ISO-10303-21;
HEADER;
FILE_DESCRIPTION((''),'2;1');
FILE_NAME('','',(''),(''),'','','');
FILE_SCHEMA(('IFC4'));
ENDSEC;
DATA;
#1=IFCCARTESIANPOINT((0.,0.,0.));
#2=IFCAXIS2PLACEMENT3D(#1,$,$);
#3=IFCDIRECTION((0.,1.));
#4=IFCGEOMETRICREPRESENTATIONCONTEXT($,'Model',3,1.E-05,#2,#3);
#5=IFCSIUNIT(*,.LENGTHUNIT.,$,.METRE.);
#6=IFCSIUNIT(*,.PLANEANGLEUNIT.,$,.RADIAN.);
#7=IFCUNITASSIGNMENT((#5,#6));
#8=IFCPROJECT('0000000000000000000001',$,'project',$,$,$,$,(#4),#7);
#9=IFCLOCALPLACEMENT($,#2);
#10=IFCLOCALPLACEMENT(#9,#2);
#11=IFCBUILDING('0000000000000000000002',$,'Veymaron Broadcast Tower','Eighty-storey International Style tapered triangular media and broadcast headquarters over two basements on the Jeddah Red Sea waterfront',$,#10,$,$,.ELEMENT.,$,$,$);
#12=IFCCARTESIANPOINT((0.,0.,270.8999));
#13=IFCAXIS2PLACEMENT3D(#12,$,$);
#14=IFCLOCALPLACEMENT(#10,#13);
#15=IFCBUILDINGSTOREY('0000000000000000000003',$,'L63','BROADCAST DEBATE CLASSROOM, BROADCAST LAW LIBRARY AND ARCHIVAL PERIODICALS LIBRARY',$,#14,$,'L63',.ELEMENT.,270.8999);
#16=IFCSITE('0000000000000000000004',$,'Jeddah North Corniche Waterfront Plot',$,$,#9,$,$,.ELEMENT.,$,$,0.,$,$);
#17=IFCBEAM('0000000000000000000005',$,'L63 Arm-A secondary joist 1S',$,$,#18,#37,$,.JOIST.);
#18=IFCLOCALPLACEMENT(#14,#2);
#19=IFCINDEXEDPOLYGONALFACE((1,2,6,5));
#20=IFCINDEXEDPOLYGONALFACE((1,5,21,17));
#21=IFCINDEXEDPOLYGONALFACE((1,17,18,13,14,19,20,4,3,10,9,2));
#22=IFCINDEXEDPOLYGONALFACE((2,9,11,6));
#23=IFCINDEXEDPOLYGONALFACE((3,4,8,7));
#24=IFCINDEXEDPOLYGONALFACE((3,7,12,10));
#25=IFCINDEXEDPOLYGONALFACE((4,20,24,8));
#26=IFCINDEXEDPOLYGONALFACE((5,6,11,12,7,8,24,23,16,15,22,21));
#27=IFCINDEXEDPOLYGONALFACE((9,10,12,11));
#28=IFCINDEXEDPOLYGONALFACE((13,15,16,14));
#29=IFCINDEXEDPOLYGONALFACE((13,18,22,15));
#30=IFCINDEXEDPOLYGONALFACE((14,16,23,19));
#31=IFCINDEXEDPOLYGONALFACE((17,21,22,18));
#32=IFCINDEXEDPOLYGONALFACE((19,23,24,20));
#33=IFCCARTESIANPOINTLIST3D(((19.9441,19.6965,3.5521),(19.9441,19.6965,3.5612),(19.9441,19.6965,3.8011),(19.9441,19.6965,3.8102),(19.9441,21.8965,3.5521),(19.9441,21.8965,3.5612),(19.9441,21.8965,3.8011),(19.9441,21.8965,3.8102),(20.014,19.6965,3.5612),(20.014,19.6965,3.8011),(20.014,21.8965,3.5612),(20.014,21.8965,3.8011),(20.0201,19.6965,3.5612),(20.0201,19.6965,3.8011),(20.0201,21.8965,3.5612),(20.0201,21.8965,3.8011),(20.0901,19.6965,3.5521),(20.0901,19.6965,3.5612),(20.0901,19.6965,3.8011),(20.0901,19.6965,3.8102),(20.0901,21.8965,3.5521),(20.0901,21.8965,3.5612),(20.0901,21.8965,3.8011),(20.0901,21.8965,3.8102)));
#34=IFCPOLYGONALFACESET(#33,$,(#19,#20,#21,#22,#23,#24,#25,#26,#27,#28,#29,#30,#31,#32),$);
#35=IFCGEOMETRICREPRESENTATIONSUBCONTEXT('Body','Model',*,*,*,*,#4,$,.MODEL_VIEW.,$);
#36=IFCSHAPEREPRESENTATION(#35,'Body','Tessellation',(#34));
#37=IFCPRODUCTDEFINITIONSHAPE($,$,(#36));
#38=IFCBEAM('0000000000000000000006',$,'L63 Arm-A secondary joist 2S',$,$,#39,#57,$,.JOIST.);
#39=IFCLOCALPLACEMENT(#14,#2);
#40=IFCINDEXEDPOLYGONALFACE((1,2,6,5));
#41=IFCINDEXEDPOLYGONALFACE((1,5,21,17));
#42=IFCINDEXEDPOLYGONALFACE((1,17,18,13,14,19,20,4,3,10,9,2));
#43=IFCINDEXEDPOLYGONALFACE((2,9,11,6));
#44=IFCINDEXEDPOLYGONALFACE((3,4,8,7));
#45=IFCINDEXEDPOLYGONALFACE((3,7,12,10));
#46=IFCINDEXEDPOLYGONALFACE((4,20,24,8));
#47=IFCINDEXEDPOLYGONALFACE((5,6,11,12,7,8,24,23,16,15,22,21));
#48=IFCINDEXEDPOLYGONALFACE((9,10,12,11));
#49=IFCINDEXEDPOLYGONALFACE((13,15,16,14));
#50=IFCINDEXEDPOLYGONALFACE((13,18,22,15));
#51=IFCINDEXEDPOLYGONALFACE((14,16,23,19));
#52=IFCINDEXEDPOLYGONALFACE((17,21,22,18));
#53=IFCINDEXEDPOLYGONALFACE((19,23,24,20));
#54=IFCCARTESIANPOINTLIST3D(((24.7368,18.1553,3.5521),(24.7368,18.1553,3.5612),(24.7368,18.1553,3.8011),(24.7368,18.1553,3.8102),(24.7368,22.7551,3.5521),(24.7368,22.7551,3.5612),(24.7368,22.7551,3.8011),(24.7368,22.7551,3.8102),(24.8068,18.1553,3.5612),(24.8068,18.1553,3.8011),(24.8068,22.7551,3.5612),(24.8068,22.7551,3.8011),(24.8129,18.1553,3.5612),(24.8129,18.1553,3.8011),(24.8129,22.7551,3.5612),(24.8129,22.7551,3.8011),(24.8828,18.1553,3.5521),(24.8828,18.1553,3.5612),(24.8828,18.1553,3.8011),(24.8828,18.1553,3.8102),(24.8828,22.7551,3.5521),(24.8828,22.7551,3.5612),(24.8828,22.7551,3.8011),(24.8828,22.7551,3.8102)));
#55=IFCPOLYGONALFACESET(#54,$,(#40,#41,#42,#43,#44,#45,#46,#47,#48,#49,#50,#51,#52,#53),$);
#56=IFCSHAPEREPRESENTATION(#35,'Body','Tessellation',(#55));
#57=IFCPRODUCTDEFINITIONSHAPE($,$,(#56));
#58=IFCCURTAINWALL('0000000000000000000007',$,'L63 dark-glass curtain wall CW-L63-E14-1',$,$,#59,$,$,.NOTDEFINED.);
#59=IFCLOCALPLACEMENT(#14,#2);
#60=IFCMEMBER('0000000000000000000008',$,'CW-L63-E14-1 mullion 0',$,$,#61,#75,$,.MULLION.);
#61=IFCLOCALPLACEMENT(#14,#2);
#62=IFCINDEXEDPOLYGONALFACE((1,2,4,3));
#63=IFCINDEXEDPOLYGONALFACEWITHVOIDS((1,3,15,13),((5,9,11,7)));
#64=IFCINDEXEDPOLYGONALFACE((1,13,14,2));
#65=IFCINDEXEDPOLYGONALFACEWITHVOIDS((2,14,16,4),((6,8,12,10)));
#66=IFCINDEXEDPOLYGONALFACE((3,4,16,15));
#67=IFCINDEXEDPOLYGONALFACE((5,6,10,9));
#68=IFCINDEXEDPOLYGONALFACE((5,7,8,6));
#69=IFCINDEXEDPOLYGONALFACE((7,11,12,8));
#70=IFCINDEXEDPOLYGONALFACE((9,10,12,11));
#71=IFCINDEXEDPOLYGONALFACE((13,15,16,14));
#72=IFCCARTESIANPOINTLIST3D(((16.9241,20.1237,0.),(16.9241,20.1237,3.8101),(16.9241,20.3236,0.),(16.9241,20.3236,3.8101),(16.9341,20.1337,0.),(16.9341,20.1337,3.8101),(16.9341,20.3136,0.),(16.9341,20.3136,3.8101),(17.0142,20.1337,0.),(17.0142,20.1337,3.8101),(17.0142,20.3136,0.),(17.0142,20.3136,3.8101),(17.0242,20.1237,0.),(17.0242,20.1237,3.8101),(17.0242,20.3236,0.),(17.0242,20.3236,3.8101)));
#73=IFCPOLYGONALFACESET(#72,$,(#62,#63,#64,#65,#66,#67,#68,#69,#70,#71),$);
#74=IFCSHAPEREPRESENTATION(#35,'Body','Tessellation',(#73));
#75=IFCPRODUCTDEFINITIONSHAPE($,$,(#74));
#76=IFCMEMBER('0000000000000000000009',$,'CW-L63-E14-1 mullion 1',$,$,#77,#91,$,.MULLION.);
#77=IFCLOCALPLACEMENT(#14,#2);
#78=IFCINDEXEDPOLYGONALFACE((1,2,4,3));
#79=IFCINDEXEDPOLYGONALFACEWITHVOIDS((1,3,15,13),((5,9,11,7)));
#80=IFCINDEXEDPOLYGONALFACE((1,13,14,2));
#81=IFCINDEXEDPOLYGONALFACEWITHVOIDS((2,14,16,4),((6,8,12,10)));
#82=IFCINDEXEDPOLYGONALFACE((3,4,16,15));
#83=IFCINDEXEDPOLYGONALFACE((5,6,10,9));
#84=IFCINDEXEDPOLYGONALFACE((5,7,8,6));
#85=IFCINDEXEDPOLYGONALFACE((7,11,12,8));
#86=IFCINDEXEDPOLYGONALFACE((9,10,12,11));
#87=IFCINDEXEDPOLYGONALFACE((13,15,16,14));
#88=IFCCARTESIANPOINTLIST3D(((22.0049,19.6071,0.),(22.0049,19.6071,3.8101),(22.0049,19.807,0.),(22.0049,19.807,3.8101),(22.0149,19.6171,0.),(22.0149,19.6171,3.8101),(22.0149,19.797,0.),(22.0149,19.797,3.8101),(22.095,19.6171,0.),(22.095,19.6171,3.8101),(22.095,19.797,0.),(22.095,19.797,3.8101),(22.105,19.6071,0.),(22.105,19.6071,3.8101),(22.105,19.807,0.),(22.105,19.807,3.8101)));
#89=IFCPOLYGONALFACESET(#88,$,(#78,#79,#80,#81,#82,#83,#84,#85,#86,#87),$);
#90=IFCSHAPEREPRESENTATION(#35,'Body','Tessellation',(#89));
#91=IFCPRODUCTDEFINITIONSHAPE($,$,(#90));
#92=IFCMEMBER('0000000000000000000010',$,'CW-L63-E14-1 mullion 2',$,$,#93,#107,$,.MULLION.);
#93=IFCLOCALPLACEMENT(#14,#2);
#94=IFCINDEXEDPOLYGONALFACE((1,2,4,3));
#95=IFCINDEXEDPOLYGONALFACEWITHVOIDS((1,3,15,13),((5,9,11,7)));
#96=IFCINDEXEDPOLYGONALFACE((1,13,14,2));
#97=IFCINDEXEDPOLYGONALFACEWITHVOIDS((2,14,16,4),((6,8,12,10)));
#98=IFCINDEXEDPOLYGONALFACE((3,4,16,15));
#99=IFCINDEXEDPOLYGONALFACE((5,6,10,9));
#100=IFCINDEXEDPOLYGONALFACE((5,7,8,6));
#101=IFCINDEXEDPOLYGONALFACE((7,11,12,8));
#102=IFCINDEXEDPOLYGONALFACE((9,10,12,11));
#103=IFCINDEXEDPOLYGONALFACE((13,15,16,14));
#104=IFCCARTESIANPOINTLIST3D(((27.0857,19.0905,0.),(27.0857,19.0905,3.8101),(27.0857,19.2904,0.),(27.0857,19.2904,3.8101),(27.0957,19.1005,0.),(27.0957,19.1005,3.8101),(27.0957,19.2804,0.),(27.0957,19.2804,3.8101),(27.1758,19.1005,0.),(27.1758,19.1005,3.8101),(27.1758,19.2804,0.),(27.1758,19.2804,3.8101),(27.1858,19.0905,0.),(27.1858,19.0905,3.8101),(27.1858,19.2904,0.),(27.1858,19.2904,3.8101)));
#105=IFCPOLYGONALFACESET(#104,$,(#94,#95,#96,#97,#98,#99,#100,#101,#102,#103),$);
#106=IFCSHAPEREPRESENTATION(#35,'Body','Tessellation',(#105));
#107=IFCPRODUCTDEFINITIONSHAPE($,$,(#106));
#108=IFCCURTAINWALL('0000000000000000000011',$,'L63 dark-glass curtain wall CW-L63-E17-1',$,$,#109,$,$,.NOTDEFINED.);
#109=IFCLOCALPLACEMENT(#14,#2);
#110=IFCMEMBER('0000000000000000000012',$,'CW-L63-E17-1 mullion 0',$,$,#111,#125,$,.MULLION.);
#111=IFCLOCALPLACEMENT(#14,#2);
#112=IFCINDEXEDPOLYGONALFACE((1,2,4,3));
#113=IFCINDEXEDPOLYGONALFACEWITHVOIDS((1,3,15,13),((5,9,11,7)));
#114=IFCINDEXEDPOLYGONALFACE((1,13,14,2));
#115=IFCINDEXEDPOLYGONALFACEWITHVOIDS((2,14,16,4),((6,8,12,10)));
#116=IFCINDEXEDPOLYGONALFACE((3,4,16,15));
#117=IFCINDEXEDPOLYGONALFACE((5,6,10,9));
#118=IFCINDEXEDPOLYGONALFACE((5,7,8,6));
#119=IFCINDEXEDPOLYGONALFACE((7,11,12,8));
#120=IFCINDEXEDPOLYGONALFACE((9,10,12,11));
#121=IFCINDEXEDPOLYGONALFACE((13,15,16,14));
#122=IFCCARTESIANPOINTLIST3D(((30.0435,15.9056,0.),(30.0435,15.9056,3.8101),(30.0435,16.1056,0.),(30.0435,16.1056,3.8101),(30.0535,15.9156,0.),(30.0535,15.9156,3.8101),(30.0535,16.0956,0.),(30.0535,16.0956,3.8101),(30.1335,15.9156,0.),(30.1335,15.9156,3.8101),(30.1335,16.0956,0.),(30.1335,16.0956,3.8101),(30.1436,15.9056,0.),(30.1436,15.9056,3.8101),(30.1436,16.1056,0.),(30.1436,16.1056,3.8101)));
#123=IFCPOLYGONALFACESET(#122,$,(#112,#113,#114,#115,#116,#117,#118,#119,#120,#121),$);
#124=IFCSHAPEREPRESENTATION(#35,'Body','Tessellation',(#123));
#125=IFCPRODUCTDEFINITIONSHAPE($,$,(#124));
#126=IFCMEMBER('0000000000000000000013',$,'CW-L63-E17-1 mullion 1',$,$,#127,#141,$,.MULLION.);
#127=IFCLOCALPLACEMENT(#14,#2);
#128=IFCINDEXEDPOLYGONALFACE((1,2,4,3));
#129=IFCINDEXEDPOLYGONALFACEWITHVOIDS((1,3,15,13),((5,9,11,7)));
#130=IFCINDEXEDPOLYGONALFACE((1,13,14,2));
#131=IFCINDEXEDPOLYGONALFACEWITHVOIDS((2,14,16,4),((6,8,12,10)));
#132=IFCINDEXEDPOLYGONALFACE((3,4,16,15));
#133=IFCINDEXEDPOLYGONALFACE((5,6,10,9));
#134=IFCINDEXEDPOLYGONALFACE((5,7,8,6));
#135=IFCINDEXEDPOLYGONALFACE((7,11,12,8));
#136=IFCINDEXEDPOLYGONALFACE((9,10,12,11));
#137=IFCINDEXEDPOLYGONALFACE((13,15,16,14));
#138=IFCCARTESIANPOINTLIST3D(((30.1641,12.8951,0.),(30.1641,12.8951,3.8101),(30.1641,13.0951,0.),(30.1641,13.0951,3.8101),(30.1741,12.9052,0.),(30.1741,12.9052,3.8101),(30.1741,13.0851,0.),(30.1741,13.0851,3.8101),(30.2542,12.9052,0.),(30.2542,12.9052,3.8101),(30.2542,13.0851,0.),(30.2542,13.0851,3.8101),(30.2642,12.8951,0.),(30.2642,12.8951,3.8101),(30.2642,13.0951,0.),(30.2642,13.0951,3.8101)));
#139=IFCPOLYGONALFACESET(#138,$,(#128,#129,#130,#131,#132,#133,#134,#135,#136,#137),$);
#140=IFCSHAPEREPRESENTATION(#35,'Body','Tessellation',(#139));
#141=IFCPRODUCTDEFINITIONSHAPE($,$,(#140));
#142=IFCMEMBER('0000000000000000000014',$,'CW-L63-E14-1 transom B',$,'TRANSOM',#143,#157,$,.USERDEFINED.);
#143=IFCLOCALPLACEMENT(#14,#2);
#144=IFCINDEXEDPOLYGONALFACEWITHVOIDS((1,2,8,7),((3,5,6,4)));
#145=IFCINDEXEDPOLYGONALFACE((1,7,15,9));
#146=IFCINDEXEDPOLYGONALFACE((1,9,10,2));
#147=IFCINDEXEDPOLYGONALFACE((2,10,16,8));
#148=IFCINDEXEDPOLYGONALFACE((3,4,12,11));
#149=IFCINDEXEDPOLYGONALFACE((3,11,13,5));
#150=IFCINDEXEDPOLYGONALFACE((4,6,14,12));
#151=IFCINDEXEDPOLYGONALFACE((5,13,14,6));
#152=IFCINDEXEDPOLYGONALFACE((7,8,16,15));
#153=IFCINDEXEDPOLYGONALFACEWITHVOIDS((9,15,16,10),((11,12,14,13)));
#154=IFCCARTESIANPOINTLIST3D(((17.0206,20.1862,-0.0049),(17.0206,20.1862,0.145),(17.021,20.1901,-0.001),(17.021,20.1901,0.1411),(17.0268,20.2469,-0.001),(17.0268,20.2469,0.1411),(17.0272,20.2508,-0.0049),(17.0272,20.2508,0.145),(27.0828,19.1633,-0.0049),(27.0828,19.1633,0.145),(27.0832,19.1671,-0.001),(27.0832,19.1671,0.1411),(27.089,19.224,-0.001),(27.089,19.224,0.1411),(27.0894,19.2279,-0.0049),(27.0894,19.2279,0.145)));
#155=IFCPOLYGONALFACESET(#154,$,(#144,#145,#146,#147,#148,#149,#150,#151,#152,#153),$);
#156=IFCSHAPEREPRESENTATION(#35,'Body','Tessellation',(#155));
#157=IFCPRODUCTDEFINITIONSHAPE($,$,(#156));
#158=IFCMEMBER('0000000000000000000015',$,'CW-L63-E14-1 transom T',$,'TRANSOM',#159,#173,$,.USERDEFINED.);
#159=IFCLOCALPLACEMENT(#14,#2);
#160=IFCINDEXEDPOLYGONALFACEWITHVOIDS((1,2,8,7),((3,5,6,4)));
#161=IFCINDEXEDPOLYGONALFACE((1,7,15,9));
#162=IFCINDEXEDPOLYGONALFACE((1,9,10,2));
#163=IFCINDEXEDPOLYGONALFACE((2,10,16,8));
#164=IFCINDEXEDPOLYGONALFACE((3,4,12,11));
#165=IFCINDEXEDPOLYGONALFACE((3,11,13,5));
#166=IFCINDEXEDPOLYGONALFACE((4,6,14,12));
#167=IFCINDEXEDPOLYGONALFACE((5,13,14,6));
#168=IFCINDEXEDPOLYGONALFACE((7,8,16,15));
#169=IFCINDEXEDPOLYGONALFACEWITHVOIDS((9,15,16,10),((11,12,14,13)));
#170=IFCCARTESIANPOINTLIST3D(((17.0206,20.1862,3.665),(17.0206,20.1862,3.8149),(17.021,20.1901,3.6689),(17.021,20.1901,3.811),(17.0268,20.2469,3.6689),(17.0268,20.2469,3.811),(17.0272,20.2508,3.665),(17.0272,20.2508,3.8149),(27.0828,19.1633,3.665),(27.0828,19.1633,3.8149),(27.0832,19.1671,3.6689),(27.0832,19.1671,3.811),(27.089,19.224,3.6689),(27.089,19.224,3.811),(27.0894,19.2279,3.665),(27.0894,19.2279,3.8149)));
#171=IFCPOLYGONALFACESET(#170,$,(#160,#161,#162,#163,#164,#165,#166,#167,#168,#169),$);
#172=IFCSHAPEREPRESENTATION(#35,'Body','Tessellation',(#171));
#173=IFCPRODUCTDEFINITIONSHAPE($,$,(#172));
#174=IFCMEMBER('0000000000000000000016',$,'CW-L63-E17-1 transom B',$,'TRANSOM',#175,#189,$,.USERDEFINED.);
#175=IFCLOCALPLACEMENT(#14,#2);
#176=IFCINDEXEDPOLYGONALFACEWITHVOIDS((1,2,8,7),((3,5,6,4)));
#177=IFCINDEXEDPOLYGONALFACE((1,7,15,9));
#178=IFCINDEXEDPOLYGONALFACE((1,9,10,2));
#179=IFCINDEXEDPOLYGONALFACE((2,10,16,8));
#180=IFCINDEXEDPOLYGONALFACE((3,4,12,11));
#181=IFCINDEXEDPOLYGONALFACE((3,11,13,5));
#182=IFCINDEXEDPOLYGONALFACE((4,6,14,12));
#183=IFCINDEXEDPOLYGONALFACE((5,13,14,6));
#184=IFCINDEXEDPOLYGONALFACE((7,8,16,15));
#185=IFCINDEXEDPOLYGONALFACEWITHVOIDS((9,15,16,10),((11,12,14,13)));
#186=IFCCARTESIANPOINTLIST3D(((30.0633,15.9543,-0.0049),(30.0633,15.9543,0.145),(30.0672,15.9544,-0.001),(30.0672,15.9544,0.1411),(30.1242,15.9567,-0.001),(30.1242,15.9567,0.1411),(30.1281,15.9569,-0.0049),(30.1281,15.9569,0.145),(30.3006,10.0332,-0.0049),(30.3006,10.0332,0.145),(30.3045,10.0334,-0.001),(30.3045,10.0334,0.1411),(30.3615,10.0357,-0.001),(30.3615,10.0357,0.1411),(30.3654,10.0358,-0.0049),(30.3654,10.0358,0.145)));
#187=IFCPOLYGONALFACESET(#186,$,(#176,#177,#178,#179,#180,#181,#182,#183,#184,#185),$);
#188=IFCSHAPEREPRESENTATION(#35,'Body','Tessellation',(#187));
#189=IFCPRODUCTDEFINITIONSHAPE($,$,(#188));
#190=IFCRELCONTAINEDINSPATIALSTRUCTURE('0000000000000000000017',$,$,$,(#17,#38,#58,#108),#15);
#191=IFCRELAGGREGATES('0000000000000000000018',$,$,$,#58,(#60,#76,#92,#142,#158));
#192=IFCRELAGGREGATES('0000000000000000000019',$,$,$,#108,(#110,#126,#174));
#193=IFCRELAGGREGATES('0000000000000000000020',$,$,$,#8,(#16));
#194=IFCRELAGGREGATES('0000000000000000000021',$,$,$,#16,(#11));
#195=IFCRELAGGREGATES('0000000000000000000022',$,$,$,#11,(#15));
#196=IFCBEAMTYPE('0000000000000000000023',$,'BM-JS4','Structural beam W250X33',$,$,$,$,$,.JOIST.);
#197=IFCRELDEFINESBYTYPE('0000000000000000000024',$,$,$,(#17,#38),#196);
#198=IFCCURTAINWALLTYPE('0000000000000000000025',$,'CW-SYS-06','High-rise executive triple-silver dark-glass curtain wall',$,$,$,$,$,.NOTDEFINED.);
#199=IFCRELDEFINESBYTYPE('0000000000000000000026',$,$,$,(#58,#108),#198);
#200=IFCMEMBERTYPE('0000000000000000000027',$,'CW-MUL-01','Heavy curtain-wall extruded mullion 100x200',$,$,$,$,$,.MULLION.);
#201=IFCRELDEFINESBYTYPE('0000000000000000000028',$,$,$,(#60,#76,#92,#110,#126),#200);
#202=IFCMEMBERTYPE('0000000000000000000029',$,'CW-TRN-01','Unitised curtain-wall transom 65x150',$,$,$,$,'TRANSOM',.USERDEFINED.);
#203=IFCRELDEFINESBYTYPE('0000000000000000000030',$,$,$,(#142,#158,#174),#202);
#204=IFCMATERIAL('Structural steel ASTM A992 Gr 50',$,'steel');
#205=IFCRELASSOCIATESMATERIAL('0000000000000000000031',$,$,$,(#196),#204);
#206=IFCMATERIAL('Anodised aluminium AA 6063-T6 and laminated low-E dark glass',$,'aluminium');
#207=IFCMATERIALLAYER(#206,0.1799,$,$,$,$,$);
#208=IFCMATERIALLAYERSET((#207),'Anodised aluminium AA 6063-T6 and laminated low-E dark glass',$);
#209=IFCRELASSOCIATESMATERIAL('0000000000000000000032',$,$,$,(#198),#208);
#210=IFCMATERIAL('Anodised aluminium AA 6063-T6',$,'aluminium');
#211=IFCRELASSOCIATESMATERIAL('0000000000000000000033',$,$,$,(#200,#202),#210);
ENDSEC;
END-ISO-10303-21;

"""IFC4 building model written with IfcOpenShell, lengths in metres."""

from ifc_helpers import new_model, si_unit, direction, frame, origin, origin_2d, place, context, subcontext, project, spatial, hollow_rectangle, i_section, extrude, material, layer, layer_set, material_profile, profile_set, type_object, element, aggregate, save


model = new_model("IFC4")

# Units and contexts
model_context = context("Model", 3, precision=1e-05, world=origin(), true_north=direction((0.0, 1.0)))
body_context = subcontext(model_context, "Body", "Model", "MODEL_VIEW")
ifc_project = project(units=[si_unit("LENGTHUNIT", "METRE"), si_unit("PLANEANGLEUNIT", "RADIAN")], contexts=[model_context])

# Site, building, storey
site_placement = place(None, origin())
site = spatial("IfcSite", under=ifc_project, at=site_placement, Name="Jeddah North Corniche Waterfront Plot", CompositionType="ELEMENT", RefElevation=0.0)
building_placement = place(site_placement, origin())
building = spatial("IfcBuilding", under=site, at=building_placement, Name="Veymaron Broadcast Tower", Description="Eighty-storey International Style tapered triangular media and broadcast headquarters over two basements on the Jeddah Red Sea waterfront", CompositionType="ELEMENT")
storey_placement = place(building_placement, frame((0.0, 0.0, 270.8999)))
storey = spatial("IfcBuildingStorey", under=building, at=storey_placement, Name="L63", Description="BROADCAST DEBATE CLASSROOM, BROADCAST LAW LIBRARY AND ARCHIVAL PERIODICALS LIBRARY", LongName="L63", CompositionType="ELEMENT", Elevation=270.8999)

# Beams
ifc_material_1 = material(Name="Structural steel ASTM A992 Gr 50", Category="steel")
ifc_material_profile_1 = material_profile(ifc_material_1, i_section(OverallWidth=0.146, OverallDepth=0.2581, WebThickness=0.0061, FlangeThickness=0.009, at=origin_2d()), Name="W250X33")
ifc_profile_set_1 = profile_set([ifc_material_profile_1], Name="Structural steel ASTM A992 Gr 50")
beam_type = type_object("IfcBeamType", Name="BM-JS4", Description="Structural beam W250X33", PredefinedType="JOIST", material=ifc_profile_set_1)
beam_1_placement = place(storey_placement, frame((20.0171, 19.6965, 3.6812), z_axis=(0.0, 1.0, 0.0), x_axis=(-1.0, 0.0, 0.0)))
element("IfcBeam", 1, at=beam_1_placement, inside=storey, type_object=beam_type, Name="L63 Arm-A secondary joist 1S", PredefinedType="JOIST", context=body_context, shape_type="SweptSolid", body=[
    extrude(i_section(OverallWidth=0.146, OverallDepth=0.2581, WebThickness=0.0061, FlangeThickness=0.009, at=origin_2d()), origin(), (0.0, 0.0, 1.0), 2.2),
])
beam_2_placement = place(storey_placement, frame((24.8098, 18.1553, 3.6812), z_axis=(0.0, 1.0, 0.0), x_axis=(-1.0, 0.0, 0.0)))
element("IfcBeam", 2, at=beam_2_placement, inside=storey, type_object=beam_type, Name="L63 Arm-A secondary joist 2S", PredefinedType="JOIST", context=body_context, shape_type="SweptSolid", body=[
    extrude(i_section(OverallWidth=0.146, OverallDepth=0.2581, WebThickness=0.0061, FlangeThickness=0.009, at=origin_2d()), origin(), (0.0, 0.0, 1.0), 4.5999),
])

# Curtain walls, members
ifc_material_2 = material(Name="Anodised aluminium AA 6063-T6 and laminated low-E dark glass", Category="aluminium")
ifc_layer_1 = layer(ifc_material_2, 0.1799)
ifc_layer_set_1 = layer_set([ifc_layer_1], Name="Anodised aluminium AA 6063-T6 and laminated low-E dark glass")
curtain_wall_type = type_object("IfcCurtainWallType", Name="CW-SYS-06", Description="High-rise executive triple-silver dark-glass curtain wall", PredefinedType="NOTDEFINED", material=ifc_layer_set_1)
curtain_wall_1_placement = place(storey_placement, origin())
curtain_wall_1 = element("IfcCurtainWall", 3, at=curtain_wall_1_placement, inside=storey, type_object=curtain_wall_type, Name="L63 dark-glass curtain wall CW-L63-E14-1", PredefinedType="NOTDEFINED")
ifc_material_3 = material(Name="Anodised aluminium AA 6063-T6", Category="aluminium")
ifc_material_profile_2 = material_profile(ifc_material_3, hollow_rectangle(XDim=0.1001, YDim=0.2, WallThickness=0.01, at=origin_2d()), Name="RHS200X100X10")
ifc_profile_set_2 = profile_set([ifc_material_profile_2], Name="Anodised aluminium AA 6063-T6")
member_type_1 = type_object("IfcMemberType", Name="CW-MUL-01", Description="Heavy curtain-wall extruded mullion 100x200", PredefinedType="MULLION", material=ifc_profile_set_2)
member_1_placement = place(storey_placement, frame((16.9741, 20.2236, 0.0), z_axis=(0.0, 0.0, 1.0), x_axis=(1.0, 0.0, 0.0)))
member_1 = element("IfcMember", 4, at=member_1_placement, type_object=member_type_1, Name="CW-L63-E14-1 mullion 0", PredefinedType="MULLION", context=body_context, shape_type="SweptSolid", body=[
    extrude(hollow_rectangle(XDim=0.1001, YDim=0.2, WallThickness=0.01, at=origin_2d()), origin(), (0.0, 0.0, 1.0), 3.8101),
])
member_2_placement = place(storey_placement, frame((22.0549, 19.707, 0.0), z_axis=(0.0, 0.0, 1.0), x_axis=(1.0, 0.0, 0.0)))
member_2 = element("IfcMember", 5, at=member_2_placement, type_object=member_type_1, Name="CW-L63-E14-1 mullion 1", PredefinedType="MULLION", context=body_context, shape_type="SweptSolid", body=[
    extrude(hollow_rectangle(XDim=0.1001, YDim=0.2, WallThickness=0.01, at=origin_2d()), origin(), (0.0, 0.0, 1.0), 3.8101),
])
member_3_placement = place(storey_placement, frame((27.1357, 19.1904, 0.0), z_axis=(0.0, 0.0, 1.0), x_axis=(1.0, 0.0, 0.0)))
member_3 = element("IfcMember", 6, at=member_3_placement, type_object=member_type_1, Name="CW-L63-E14-1 mullion 2", PredefinedType="MULLION", context=body_context, shape_type="SweptSolid", body=[
    extrude(hollow_rectangle(XDim=0.1001, YDim=0.2, WallThickness=0.01, at=origin_2d()), origin(), (0.0, 0.0, 1.0), 3.8101),
])
curtain_wall_2_placement = place(storey_placement, origin())
curtain_wall_2 = element("IfcCurtainWall", 7, at=curtain_wall_2_placement, inside=storey, type_object=curtain_wall_type, Name="L63 dark-glass curtain wall CW-L63-E17-1", PredefinedType="NOTDEFINED")
member_4_placement = place(storey_placement, frame((30.0935, 16.0056, 0.0), z_axis=(0.0, 0.0, 1.0), x_axis=(1.0, 0.0, 0.0)))
member_4 = element("IfcMember", 8, at=member_4_placement, type_object=member_type_1, Name="CW-L63-E17-1 mullion 0", PredefinedType="MULLION", context=body_context, shape_type="SweptSolid", body=[
    extrude(hollow_rectangle(XDim=0.1001, YDim=0.2, WallThickness=0.01, at=origin_2d()), origin(), (0.0, 0.0, 1.0), 3.8101),
])
member_5_placement = place(storey_placement, frame((30.2141, 12.9951, 0.0), z_axis=(0.0, 0.0, 1.0), x_axis=(1.0, 0.0, 0.0)))
member_5 = element("IfcMember", 9, at=member_5_placement, type_object=member_type_1, Name="CW-L63-E17-1 mullion 1", PredefinedType="MULLION", context=body_context, shape_type="SweptSolid", body=[
    extrude(hollow_rectangle(XDim=0.1001, YDim=0.2, WallThickness=0.01, at=origin_2d()), origin(), (0.0, 0.0, 1.0), 3.8101),
])

# Members
ifc_material_profile_3 = material_profile(ifc_material_3, hollow_rectangle(XDim=0.0649, YDim=0.1499, WallThickness=0.0039, at=origin_2d()), Name="AL150X65X4")
ifc_profile_set_3 = profile_set([ifc_material_profile_3], Name="Anodised aluminium AA 6063-T6")
member_type_2 = type_object("IfcMemberType", Name="CW-TRN-01", Description="Unitised curtain-wall transom 65x150", ElementType="TRANSOM", PredefinedType="USERDEFINED", material=ifc_profile_set_3)
member_6_placement = place(storey_placement, frame((17.0239, 20.2185, 0.0701), z_axis=(0.994872, -0.101141, 0.0), x_axis=(0.101141, 0.994872, 0.0)))
member_6 = element("IfcMember", 10, at=member_6_placement, type_object=member_type_2, Name="CW-L63-E14-1 transom B", ObjectType="TRANSOM", PredefinedType="USERDEFINED", context=body_context, shape_type="SweptSolid", body=[
    extrude(hollow_rectangle(XDim=0.0649, YDim=0.1499, WallThickness=0.0039, at=origin_2d()), origin(), (0.0, 0.0, 1.0), 10.114),
])
member_7_placement = place(storey_placement, frame((17.0239, 20.2185, 3.74), z_axis=(0.994872, -0.101141, 0.0), x_axis=(0.101141, 0.994872, 0.0)))
member_7 = element("IfcMember", 11, at=member_7_placement, type_object=member_type_2, Name="CW-L63-E14-1 transom T", ObjectType="TRANSOM", PredefinedType="USERDEFINED", context=body_context, shape_type="SweptSolid", body=[
    extrude(hollow_rectangle(XDim=0.0649, YDim=0.1499, WallThickness=0.0039, at=origin_2d()), origin(), (0.0, 0.0, 1.0), 10.114),
])
member_8_placement = place(storey_placement, frame((30.0957, 15.9556, 0.0701), z_axis=(0.040045, -0.999198, 0.0), x_axis=(0.999198, 0.040045, 0.0)))
member_8 = element("IfcMember", 12, at=member_8_placement, type_object=member_type_2, Name="CW-L63-E17-1 transom B", ObjectType="TRANSOM", PredefinedType="USERDEFINED", context=body_context, shape_type="SweptSolid", body=[
    extrude(hollow_rectangle(XDim=0.0649, YDim=0.1499, WallThickness=0.0039, at=origin_2d()), origin(), (0.0, 0.0, 1.0), 5.9258),
])

aggregate(curtain_wall_1, [member_1, member_2, member_3, member_6, member_7])
aggregate(curtain_wall_2, [member_4, member_5, member_8])

save(model, "model.ifc")
